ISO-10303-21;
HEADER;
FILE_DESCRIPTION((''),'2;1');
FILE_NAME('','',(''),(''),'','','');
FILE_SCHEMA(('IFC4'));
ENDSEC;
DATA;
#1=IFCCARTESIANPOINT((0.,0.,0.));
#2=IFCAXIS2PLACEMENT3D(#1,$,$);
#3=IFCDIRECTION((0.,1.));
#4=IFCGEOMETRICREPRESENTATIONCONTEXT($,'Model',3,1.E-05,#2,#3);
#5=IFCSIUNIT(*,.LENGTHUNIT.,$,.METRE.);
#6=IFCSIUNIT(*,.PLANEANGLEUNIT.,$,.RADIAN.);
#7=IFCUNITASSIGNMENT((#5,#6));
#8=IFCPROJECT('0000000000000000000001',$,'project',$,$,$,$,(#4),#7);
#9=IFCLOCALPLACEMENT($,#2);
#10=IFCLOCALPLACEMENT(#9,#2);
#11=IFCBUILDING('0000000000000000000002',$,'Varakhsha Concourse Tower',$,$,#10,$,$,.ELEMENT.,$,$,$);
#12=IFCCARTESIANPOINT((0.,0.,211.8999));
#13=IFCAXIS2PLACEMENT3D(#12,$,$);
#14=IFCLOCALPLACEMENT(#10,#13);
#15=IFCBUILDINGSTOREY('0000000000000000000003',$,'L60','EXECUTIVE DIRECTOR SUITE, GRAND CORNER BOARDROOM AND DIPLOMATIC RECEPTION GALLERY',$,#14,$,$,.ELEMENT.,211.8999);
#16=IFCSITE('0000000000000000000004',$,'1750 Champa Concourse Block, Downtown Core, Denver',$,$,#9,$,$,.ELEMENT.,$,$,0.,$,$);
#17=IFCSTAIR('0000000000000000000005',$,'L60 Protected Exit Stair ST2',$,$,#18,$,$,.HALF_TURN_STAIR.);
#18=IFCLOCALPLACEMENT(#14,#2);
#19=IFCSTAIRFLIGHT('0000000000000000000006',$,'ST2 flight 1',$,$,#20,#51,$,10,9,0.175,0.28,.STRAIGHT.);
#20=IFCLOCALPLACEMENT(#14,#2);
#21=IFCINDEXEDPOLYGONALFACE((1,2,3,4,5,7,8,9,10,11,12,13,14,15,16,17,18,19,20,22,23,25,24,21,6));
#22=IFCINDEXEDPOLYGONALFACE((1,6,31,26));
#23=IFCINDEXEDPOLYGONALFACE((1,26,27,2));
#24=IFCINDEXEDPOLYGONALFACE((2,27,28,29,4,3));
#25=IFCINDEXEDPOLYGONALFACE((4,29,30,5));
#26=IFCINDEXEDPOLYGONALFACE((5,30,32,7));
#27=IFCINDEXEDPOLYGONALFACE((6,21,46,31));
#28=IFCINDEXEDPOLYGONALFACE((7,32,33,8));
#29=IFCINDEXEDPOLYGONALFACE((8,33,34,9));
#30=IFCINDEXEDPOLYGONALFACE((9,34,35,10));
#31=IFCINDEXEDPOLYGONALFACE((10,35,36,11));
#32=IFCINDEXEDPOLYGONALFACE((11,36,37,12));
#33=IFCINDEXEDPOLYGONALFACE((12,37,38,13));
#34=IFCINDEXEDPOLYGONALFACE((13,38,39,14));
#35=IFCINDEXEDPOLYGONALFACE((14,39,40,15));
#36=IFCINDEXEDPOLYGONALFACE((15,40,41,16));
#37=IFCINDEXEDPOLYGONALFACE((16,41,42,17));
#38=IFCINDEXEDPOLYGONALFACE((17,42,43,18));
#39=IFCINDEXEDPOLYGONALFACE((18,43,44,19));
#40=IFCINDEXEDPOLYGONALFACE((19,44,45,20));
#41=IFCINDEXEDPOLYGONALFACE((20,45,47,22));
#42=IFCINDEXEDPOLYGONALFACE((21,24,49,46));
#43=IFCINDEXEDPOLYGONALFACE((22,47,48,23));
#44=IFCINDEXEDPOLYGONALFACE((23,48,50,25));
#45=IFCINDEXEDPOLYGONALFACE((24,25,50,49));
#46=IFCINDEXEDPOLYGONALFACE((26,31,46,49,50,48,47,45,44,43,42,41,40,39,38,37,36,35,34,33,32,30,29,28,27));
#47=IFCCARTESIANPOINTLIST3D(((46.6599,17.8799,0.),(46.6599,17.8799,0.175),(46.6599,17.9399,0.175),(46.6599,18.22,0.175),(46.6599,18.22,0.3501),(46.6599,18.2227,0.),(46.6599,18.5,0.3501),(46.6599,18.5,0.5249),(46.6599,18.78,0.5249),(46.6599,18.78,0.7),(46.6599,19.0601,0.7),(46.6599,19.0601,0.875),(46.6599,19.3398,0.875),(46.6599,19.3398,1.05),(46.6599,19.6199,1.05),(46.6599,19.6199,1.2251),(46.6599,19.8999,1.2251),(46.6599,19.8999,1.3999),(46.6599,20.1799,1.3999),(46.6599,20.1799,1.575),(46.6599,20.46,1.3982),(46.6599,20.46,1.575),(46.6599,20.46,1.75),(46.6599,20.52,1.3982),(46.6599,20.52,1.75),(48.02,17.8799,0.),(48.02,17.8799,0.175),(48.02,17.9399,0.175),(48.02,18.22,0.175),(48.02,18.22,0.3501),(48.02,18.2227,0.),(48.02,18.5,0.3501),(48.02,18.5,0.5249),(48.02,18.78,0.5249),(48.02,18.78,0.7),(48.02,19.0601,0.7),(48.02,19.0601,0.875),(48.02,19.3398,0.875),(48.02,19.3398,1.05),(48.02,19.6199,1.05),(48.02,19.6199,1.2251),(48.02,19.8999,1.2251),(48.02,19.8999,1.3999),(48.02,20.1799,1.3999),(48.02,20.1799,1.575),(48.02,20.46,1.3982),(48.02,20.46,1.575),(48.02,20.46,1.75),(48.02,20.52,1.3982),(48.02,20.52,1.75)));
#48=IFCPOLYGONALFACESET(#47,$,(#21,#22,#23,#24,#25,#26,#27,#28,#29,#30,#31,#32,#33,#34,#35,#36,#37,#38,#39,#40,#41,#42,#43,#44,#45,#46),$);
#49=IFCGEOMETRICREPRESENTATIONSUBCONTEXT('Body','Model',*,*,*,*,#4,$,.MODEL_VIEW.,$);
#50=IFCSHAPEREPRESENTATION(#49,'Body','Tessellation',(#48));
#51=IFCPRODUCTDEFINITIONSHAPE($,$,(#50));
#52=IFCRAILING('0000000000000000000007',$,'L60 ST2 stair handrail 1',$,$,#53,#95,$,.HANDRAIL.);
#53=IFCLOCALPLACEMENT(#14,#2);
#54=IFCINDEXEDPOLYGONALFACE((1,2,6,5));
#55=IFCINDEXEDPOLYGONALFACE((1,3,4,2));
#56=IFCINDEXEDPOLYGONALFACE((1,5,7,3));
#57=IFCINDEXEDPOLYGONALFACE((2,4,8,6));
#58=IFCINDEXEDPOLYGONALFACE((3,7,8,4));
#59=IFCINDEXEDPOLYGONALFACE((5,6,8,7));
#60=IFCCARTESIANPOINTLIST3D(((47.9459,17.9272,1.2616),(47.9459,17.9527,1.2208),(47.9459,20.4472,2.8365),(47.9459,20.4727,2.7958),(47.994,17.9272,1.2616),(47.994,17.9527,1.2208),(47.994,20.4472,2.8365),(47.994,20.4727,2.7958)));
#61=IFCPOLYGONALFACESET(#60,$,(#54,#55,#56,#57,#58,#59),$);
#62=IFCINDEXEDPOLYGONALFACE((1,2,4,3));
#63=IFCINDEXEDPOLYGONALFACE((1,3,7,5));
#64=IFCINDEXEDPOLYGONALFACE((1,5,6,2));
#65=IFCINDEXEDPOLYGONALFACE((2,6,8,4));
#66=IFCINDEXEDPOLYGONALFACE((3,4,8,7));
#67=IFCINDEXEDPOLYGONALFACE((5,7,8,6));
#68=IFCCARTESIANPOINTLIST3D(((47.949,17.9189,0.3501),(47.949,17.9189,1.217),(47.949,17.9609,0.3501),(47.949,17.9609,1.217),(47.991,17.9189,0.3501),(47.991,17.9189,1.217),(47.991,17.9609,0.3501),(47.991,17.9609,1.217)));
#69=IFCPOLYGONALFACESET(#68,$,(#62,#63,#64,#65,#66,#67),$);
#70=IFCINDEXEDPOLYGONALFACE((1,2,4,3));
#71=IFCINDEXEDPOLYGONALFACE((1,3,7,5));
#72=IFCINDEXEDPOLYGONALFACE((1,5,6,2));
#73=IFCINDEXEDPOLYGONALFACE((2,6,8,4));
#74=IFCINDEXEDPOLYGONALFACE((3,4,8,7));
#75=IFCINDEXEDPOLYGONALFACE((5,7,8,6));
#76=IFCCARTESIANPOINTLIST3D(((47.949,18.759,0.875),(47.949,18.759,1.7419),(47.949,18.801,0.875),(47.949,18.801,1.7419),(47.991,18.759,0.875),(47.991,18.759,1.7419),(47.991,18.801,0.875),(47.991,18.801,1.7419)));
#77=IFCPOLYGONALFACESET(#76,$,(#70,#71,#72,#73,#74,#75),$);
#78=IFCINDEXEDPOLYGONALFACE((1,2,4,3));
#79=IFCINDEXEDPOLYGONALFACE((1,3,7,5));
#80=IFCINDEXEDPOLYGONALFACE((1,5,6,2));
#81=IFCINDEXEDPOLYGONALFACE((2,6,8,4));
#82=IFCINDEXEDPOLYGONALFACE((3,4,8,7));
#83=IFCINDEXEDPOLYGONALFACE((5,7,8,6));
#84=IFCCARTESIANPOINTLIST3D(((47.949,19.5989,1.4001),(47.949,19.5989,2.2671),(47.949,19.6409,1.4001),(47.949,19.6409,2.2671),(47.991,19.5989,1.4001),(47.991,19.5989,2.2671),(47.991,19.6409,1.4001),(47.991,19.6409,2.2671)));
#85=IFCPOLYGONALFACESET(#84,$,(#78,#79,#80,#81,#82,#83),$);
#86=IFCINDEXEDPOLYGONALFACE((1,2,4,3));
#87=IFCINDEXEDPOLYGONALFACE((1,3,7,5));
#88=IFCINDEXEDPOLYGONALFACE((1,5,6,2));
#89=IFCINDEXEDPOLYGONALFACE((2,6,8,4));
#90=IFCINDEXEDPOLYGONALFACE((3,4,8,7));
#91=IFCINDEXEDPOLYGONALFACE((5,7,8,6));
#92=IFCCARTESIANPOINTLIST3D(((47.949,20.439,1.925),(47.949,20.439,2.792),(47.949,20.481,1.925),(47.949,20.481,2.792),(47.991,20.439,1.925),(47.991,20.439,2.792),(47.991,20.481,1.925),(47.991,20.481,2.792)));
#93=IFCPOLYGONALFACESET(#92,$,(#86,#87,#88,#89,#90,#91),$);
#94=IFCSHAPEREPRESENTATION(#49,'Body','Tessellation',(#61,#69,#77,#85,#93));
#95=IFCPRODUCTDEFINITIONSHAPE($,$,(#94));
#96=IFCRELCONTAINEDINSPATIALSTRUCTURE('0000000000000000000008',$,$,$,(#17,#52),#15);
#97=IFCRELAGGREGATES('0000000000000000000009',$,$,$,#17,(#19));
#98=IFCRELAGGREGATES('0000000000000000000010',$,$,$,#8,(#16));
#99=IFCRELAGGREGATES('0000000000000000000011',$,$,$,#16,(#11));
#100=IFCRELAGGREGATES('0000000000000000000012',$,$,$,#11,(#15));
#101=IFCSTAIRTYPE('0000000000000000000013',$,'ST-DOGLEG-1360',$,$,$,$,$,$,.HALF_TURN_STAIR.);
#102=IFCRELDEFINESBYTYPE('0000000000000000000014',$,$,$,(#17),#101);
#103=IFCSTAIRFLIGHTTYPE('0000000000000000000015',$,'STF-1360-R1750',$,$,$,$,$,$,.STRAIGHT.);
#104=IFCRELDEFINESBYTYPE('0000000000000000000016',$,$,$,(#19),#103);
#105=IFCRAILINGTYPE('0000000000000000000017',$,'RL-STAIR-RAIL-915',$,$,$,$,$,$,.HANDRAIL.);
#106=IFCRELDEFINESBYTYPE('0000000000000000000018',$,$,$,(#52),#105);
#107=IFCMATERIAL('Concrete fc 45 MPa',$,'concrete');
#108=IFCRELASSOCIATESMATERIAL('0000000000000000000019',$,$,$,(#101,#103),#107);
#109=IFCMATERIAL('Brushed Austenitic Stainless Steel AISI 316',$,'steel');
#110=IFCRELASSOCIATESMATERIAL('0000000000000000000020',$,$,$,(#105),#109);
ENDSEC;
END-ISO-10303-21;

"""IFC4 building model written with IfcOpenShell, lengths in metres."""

from ifc_helpers import new_model, si_unit, direction, frame, origin, origin_2d, place, context, subcontext, project, spatial, polyline, rectangle, outline, extrude, material, type_object, element, aggregate, save


model = new_model("IFC4")

# Units and contexts
model_context = context("Model", 3, precision=1e-05, world=origin(), true_north=direction((0.0, 1.0)))
body_context = subcontext(model_context, "Body", "Model", "MODEL_VIEW")
ifc_project = project(units=[si_unit("LENGTHUNIT", "METRE"), si_unit("PLANEANGLEUNIT", "RADIAN")], contexts=[model_context])

# Site, building, storey
site_placement = place(None, origin())
site = spatial("IfcSite", under=ifc_project, at=site_placement, Name="1750 Champa Concourse Block, Downtown Core, Denver", CompositionType="ELEMENT", RefElevation=0.0)
building_placement = place(site_placement, origin())
building = spatial("IfcBuilding", under=site, at=building_placement, Name="Varakhsha Concourse Tower", CompositionType="ELEMENT")
storey_placement = place(building_placement, frame((0.0, 0.0, 211.8999)))
storey = spatial("IfcBuildingStorey", under=building, at=storey_placement, Name="L60", Description="EXECUTIVE DIRECTOR SUITE, GRAND CORNER BOARDROOM AND DIPLOMATIC RECEPTION GALLERY", CompositionType="ELEMENT", Elevation=211.8999)

# Stair, stair flight
ifc_material_1 = material(Name="Concrete fc 45 MPa", Category="concrete")
stair_type = type_object("IfcStairType", Name="ST-DOGLEG-1360", PredefinedType="HALF_TURN_STAIR", material=ifc_material_1)
stair_placement = place(storey_placement, origin())
stair = element("IfcStair", 1, at=stair_placement, inside=storey, type_object=stair_type, Name="L60 Protected Exit Stair ST2", PredefinedType="HALF_TURN_STAIR")
stair_flight_type = type_object("IfcStairFlightType", Name="STF-1360-R1750", PredefinedType="STRAIGHT", material=ifc_material_1)
stair_flight_placement = place(storey_placement, frame((47.3401, 17.9399, 0.0), z_axis=(0.0, 0.0, 1.0), x_axis=(0.0, 1.0, 0.0)))
stair_flight = element("IfcStairFlight", 2, at=stair_flight_placement, type_object=stair_flight_type, Name="ST2 flight 1", NumberOfRisers=10, NumberOfTreads=9, PredefinedType="STRAIGHT", RiserHeight=0.175, TreadLength=0.28, context=body_context, shape_type="SweptSolid", body=[
    extrude(outline(polyline([(-0.0601, 0.0), (-0.0601, 0.175), (0.0, 0.175), (0.28, 0.175), (0.28, 0.3501), (0.5601, 0.3501), (0.5601, 0.5249), (0.8401, 0.5249), (0.8401, 0.7), (1.1201, 0.7), (1.1201, 0.875), (1.3999, 0.875), (1.3999, 1.05), (1.6799, 1.05), (1.6799, 1.2251), (1.96, 1.2251), (1.96, 1.3999), (2.24, 1.3999), (2.24, 1.575), (2.52, 1.575), (2.52, 1.75), (2.5801, 1.75), (2.5801, 1.3982), (2.52, 1.3982), (0.2827, 0.0), (-0.0601, 0.0)])), frame((0.0, 0.6802, 0.0), z_axis=(0.0, -1.0, 0.0), x_axis=(1.0, 0.0, 0.0)), (0.0, 0.0, 1.0), 1.3601),
])
aggregate(stair, [stair_flight])

# Railing
ifc_material_2 = material(Name="Brushed Austenitic Stainless Steel AISI 316", Category="steel")
railing_type = type_object("IfcRailingType", Name="RL-STAIR-RAIL-915", PredefinedType="HANDRAIL", material=ifc_material_2)
railing_placement = place(storey_placement, frame((47.97, 17.9399, 0.3501)))
element("IfcRailing", 3, at=railing_placement, inside=storey, type_object=railing_type, Name="L60 ST2 stair handrail 1", PredefinedType="HANDRAIL", context=body_context, shape_type="SweptSolid", body=[
    extrude(rectangle(XDim=0.0481, YDim=0.0481, at=origin_2d()), frame((0.0, 0.0, 0.8911), z_axis=(0.0, 0.848008, 0.529984), x_axis=(-1.0, 0.0, 0.0)), (0.0, 0.0, 1.0), 2.9717),
    extrude(rectangle(XDim=0.042, YDim=0.042, at=origin_2d()), origin(), (0.0, 0.0, 1.0), 0.8669),
    extrude(rectangle(XDim=0.042, YDim=0.042, at=origin_2d()), frame((0.0, 0.8401, 0.5249)), (0.0, 0.0, 1.0), 0.8669),
    extrude(rectangle(XDim=0.042, YDim=0.042, at=origin_2d()), frame((0.0, 1.6799, 1.05)), (0.0, 0.0, 1.0), 0.8669),
    extrude(rectangle(XDim=0.042, YDim=0.042, at=origin_2d()), frame((0.0, 2.52, 1.575)), (0.0, 0.0, 1.0), 0.8669),
])

save(model, "model.ifc")
